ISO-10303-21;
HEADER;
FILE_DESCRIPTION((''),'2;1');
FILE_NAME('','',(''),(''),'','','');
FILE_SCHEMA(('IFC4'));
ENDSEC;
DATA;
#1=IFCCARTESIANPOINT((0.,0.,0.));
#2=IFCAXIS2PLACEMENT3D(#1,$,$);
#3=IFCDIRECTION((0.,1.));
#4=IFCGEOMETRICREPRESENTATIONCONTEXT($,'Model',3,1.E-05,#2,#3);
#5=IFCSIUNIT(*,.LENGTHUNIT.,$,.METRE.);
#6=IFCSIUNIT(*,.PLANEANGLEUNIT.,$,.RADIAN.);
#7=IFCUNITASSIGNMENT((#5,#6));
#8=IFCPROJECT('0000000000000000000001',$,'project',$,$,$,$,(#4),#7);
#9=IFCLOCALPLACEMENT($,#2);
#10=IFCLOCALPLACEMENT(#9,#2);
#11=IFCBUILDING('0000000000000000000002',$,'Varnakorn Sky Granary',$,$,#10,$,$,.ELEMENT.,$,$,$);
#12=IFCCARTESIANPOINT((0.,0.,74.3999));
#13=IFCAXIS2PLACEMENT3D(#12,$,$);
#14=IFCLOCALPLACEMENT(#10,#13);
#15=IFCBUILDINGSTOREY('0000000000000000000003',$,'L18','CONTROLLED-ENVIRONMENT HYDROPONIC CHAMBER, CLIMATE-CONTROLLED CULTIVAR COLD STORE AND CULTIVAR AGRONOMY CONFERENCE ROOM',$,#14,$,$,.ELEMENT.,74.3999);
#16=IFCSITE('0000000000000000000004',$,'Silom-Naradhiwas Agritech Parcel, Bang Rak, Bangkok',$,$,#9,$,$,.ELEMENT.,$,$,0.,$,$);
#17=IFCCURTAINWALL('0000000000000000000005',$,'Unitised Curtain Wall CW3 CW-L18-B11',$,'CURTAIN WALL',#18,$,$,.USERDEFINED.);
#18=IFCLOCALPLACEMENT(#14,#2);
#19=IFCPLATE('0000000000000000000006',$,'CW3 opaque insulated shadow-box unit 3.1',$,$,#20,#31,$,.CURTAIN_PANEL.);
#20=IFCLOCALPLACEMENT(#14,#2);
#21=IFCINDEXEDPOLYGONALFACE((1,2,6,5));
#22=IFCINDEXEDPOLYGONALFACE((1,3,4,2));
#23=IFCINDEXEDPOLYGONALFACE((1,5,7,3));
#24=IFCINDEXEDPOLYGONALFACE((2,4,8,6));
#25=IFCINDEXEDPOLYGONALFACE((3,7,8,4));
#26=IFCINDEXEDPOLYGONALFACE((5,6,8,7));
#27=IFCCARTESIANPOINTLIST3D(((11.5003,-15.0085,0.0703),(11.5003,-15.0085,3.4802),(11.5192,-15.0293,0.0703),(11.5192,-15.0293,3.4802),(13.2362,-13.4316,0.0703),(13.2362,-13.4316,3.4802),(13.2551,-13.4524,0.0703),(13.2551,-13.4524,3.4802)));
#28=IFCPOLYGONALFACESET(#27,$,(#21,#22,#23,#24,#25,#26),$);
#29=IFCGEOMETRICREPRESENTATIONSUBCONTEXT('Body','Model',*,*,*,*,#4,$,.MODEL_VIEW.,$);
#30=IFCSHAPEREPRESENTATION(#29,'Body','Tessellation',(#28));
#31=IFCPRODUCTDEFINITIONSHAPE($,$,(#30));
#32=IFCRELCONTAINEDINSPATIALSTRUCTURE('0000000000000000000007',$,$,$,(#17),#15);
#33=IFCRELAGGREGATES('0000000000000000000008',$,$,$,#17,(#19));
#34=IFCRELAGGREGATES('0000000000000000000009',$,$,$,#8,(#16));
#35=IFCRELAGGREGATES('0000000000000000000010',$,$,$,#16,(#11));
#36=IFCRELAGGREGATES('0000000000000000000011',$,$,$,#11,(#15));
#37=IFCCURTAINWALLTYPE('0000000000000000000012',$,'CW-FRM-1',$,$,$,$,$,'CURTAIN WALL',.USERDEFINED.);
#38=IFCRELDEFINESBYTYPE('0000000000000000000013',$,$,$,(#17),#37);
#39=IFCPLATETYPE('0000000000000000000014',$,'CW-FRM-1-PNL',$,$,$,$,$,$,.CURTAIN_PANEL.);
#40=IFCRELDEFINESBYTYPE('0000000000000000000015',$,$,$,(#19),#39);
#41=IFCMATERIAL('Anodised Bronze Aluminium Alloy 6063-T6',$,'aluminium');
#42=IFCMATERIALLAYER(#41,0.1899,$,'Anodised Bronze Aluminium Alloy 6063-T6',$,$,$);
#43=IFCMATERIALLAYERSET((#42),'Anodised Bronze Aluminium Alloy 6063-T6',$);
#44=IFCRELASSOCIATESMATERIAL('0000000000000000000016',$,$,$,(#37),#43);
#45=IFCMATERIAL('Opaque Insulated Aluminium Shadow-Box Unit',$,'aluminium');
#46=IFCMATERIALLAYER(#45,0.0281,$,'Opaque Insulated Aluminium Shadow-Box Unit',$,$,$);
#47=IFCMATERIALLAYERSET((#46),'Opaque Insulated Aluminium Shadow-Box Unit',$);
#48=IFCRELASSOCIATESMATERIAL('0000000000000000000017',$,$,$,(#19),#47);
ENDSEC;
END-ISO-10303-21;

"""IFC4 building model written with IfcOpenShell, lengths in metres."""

from ifc_helpers import new_model, si_unit, direction, frame, origin, origin_2d, place, context, subcontext, project, spatial, rectangle, extrude, source, transform, mapped, material, layer, layer_set, type_object, element, aggregate, save


model = new_model("IFC4")

# Units and contexts
model_context = context("Model", 3, precision=1e-05, world=origin(), true_north=direction((0.0, 1.0)))
body_context = subcontext(model_context, "Body", "Model", "MODEL_VIEW")
ifc_project = project(units=[si_unit("LENGTHUNIT", "METRE"), si_unit("PLANEANGLEUNIT", "RADIAN")], contexts=[model_context])

# Site, building, storey
site_placement = place(None, origin())
site = spatial("IfcSite", under=ifc_project, at=site_placement, Name="Silom-Naradhiwas Agritech Parcel, Bang Rak, Bangkok", CompositionType="ELEMENT", RefElevation=0.0)
building_placement = place(site_placement, origin())
building = spatial("IfcBuilding", under=site, at=building_placement, Name="Varnakorn Sky Granary", CompositionType="ELEMENT")
storey_placement = place(building_placement, frame((0.0, 0.0, 74.3999)))
storey = spatial("IfcBuildingStorey", under=building, at=storey_placement, Name="L18", Description="CONTROLLED-ENVIRONMENT HYDROPONIC CHAMBER, CLIMATE-CONTROLLED CULTIVAR COLD STORE AND CULTIVAR AGRONOMY CONFERENCE ROOM", CompositionType="ELEMENT", Elevation=74.3999)

# Curtain wall
ifc_material_1 = material(Name="Anodised Bronze Aluminium Alloy 6063-T6", Category="aluminium")
ifc_layer_1 = layer(ifc_material_1, 0.1899, Name="Anodised Bronze Aluminium Alloy 6063-T6")
ifc_layer_set_1 = layer_set([ifc_layer_1], Name="Anodised Bronze Aluminium Alloy 6063-T6")
curtain_wall_type = type_object("IfcCurtainWallType", Name="CW-FRM-1", ElementType="CURTAIN WALL", PredefinedType="USERDEFINED", material=ifc_layer_set_1)
curtain_wall_placement = place(storey_placement, origin())
curtain_wall = element("IfcCurtainWall", 1, at=curtain_wall_placement, inside=storey, type_object=curtain_wall_type, Name="Unitised Curtain Wall CW3 CW-L18-B11", ObjectType="CURTAIN WALL", PredefinedType="USERDEFINED")

# Plate
plate_type_1 = type_object("IfcPlateType", Name="CW-FRM-1-PNL", PredefinedType="CURTAIN_PANEL")
ifc_material_2 = material(Name="Opaque Insulated Aluminium Shadow-Box Unit", Category="aluminium")
ifc_layer_2 = layer(ifc_material_2, 0.0281, Name="Opaque Insulated Aluminium Shadow-Box Unit")
ifc_layer_set_2 = layer_set([ifc_layer_2], Name="Opaque Insulated Aluminium Shadow-Box Unit")
shared_shape_1 = source(origin(), body_context, "Body", "SweptSolid", [
    extrude(rectangle(XDim=2.3452, YDim=0.0281, at=origin_2d()), origin(), (0.0, 0.0, 1.0), 3.4099),
])
plate_1_placement = place(storey_placement, frame((12.3777, -14.2305, 0.0703), z_axis=(0.0, 0.0, 1.0), x_axis=(-0.74019, -0.672398, 0.0)))
plate_1 = element("IfcPlate", 2, at=plate_1_placement, type_object=plate_type_1, material=ifc_layer_set_2, Name="CW3 opaque insulated shadow-box unit 3.1", PredefinedType="CURTAIN_PANEL", context=body_context, shape_type="MappedRepresentation", body=[
    mapped(shared_shape_1, transform((0.0, 0.0, 0.0), x_axis=(1.0, 0.0, 0.0), y_axis=(0.0, 1.0, 0.0), z_axis=(0.0, 0.0, 1.0), scale=1.0)),
])
aggregate(curtain_wall, [plate_1])

save(model, "model.ifc")
